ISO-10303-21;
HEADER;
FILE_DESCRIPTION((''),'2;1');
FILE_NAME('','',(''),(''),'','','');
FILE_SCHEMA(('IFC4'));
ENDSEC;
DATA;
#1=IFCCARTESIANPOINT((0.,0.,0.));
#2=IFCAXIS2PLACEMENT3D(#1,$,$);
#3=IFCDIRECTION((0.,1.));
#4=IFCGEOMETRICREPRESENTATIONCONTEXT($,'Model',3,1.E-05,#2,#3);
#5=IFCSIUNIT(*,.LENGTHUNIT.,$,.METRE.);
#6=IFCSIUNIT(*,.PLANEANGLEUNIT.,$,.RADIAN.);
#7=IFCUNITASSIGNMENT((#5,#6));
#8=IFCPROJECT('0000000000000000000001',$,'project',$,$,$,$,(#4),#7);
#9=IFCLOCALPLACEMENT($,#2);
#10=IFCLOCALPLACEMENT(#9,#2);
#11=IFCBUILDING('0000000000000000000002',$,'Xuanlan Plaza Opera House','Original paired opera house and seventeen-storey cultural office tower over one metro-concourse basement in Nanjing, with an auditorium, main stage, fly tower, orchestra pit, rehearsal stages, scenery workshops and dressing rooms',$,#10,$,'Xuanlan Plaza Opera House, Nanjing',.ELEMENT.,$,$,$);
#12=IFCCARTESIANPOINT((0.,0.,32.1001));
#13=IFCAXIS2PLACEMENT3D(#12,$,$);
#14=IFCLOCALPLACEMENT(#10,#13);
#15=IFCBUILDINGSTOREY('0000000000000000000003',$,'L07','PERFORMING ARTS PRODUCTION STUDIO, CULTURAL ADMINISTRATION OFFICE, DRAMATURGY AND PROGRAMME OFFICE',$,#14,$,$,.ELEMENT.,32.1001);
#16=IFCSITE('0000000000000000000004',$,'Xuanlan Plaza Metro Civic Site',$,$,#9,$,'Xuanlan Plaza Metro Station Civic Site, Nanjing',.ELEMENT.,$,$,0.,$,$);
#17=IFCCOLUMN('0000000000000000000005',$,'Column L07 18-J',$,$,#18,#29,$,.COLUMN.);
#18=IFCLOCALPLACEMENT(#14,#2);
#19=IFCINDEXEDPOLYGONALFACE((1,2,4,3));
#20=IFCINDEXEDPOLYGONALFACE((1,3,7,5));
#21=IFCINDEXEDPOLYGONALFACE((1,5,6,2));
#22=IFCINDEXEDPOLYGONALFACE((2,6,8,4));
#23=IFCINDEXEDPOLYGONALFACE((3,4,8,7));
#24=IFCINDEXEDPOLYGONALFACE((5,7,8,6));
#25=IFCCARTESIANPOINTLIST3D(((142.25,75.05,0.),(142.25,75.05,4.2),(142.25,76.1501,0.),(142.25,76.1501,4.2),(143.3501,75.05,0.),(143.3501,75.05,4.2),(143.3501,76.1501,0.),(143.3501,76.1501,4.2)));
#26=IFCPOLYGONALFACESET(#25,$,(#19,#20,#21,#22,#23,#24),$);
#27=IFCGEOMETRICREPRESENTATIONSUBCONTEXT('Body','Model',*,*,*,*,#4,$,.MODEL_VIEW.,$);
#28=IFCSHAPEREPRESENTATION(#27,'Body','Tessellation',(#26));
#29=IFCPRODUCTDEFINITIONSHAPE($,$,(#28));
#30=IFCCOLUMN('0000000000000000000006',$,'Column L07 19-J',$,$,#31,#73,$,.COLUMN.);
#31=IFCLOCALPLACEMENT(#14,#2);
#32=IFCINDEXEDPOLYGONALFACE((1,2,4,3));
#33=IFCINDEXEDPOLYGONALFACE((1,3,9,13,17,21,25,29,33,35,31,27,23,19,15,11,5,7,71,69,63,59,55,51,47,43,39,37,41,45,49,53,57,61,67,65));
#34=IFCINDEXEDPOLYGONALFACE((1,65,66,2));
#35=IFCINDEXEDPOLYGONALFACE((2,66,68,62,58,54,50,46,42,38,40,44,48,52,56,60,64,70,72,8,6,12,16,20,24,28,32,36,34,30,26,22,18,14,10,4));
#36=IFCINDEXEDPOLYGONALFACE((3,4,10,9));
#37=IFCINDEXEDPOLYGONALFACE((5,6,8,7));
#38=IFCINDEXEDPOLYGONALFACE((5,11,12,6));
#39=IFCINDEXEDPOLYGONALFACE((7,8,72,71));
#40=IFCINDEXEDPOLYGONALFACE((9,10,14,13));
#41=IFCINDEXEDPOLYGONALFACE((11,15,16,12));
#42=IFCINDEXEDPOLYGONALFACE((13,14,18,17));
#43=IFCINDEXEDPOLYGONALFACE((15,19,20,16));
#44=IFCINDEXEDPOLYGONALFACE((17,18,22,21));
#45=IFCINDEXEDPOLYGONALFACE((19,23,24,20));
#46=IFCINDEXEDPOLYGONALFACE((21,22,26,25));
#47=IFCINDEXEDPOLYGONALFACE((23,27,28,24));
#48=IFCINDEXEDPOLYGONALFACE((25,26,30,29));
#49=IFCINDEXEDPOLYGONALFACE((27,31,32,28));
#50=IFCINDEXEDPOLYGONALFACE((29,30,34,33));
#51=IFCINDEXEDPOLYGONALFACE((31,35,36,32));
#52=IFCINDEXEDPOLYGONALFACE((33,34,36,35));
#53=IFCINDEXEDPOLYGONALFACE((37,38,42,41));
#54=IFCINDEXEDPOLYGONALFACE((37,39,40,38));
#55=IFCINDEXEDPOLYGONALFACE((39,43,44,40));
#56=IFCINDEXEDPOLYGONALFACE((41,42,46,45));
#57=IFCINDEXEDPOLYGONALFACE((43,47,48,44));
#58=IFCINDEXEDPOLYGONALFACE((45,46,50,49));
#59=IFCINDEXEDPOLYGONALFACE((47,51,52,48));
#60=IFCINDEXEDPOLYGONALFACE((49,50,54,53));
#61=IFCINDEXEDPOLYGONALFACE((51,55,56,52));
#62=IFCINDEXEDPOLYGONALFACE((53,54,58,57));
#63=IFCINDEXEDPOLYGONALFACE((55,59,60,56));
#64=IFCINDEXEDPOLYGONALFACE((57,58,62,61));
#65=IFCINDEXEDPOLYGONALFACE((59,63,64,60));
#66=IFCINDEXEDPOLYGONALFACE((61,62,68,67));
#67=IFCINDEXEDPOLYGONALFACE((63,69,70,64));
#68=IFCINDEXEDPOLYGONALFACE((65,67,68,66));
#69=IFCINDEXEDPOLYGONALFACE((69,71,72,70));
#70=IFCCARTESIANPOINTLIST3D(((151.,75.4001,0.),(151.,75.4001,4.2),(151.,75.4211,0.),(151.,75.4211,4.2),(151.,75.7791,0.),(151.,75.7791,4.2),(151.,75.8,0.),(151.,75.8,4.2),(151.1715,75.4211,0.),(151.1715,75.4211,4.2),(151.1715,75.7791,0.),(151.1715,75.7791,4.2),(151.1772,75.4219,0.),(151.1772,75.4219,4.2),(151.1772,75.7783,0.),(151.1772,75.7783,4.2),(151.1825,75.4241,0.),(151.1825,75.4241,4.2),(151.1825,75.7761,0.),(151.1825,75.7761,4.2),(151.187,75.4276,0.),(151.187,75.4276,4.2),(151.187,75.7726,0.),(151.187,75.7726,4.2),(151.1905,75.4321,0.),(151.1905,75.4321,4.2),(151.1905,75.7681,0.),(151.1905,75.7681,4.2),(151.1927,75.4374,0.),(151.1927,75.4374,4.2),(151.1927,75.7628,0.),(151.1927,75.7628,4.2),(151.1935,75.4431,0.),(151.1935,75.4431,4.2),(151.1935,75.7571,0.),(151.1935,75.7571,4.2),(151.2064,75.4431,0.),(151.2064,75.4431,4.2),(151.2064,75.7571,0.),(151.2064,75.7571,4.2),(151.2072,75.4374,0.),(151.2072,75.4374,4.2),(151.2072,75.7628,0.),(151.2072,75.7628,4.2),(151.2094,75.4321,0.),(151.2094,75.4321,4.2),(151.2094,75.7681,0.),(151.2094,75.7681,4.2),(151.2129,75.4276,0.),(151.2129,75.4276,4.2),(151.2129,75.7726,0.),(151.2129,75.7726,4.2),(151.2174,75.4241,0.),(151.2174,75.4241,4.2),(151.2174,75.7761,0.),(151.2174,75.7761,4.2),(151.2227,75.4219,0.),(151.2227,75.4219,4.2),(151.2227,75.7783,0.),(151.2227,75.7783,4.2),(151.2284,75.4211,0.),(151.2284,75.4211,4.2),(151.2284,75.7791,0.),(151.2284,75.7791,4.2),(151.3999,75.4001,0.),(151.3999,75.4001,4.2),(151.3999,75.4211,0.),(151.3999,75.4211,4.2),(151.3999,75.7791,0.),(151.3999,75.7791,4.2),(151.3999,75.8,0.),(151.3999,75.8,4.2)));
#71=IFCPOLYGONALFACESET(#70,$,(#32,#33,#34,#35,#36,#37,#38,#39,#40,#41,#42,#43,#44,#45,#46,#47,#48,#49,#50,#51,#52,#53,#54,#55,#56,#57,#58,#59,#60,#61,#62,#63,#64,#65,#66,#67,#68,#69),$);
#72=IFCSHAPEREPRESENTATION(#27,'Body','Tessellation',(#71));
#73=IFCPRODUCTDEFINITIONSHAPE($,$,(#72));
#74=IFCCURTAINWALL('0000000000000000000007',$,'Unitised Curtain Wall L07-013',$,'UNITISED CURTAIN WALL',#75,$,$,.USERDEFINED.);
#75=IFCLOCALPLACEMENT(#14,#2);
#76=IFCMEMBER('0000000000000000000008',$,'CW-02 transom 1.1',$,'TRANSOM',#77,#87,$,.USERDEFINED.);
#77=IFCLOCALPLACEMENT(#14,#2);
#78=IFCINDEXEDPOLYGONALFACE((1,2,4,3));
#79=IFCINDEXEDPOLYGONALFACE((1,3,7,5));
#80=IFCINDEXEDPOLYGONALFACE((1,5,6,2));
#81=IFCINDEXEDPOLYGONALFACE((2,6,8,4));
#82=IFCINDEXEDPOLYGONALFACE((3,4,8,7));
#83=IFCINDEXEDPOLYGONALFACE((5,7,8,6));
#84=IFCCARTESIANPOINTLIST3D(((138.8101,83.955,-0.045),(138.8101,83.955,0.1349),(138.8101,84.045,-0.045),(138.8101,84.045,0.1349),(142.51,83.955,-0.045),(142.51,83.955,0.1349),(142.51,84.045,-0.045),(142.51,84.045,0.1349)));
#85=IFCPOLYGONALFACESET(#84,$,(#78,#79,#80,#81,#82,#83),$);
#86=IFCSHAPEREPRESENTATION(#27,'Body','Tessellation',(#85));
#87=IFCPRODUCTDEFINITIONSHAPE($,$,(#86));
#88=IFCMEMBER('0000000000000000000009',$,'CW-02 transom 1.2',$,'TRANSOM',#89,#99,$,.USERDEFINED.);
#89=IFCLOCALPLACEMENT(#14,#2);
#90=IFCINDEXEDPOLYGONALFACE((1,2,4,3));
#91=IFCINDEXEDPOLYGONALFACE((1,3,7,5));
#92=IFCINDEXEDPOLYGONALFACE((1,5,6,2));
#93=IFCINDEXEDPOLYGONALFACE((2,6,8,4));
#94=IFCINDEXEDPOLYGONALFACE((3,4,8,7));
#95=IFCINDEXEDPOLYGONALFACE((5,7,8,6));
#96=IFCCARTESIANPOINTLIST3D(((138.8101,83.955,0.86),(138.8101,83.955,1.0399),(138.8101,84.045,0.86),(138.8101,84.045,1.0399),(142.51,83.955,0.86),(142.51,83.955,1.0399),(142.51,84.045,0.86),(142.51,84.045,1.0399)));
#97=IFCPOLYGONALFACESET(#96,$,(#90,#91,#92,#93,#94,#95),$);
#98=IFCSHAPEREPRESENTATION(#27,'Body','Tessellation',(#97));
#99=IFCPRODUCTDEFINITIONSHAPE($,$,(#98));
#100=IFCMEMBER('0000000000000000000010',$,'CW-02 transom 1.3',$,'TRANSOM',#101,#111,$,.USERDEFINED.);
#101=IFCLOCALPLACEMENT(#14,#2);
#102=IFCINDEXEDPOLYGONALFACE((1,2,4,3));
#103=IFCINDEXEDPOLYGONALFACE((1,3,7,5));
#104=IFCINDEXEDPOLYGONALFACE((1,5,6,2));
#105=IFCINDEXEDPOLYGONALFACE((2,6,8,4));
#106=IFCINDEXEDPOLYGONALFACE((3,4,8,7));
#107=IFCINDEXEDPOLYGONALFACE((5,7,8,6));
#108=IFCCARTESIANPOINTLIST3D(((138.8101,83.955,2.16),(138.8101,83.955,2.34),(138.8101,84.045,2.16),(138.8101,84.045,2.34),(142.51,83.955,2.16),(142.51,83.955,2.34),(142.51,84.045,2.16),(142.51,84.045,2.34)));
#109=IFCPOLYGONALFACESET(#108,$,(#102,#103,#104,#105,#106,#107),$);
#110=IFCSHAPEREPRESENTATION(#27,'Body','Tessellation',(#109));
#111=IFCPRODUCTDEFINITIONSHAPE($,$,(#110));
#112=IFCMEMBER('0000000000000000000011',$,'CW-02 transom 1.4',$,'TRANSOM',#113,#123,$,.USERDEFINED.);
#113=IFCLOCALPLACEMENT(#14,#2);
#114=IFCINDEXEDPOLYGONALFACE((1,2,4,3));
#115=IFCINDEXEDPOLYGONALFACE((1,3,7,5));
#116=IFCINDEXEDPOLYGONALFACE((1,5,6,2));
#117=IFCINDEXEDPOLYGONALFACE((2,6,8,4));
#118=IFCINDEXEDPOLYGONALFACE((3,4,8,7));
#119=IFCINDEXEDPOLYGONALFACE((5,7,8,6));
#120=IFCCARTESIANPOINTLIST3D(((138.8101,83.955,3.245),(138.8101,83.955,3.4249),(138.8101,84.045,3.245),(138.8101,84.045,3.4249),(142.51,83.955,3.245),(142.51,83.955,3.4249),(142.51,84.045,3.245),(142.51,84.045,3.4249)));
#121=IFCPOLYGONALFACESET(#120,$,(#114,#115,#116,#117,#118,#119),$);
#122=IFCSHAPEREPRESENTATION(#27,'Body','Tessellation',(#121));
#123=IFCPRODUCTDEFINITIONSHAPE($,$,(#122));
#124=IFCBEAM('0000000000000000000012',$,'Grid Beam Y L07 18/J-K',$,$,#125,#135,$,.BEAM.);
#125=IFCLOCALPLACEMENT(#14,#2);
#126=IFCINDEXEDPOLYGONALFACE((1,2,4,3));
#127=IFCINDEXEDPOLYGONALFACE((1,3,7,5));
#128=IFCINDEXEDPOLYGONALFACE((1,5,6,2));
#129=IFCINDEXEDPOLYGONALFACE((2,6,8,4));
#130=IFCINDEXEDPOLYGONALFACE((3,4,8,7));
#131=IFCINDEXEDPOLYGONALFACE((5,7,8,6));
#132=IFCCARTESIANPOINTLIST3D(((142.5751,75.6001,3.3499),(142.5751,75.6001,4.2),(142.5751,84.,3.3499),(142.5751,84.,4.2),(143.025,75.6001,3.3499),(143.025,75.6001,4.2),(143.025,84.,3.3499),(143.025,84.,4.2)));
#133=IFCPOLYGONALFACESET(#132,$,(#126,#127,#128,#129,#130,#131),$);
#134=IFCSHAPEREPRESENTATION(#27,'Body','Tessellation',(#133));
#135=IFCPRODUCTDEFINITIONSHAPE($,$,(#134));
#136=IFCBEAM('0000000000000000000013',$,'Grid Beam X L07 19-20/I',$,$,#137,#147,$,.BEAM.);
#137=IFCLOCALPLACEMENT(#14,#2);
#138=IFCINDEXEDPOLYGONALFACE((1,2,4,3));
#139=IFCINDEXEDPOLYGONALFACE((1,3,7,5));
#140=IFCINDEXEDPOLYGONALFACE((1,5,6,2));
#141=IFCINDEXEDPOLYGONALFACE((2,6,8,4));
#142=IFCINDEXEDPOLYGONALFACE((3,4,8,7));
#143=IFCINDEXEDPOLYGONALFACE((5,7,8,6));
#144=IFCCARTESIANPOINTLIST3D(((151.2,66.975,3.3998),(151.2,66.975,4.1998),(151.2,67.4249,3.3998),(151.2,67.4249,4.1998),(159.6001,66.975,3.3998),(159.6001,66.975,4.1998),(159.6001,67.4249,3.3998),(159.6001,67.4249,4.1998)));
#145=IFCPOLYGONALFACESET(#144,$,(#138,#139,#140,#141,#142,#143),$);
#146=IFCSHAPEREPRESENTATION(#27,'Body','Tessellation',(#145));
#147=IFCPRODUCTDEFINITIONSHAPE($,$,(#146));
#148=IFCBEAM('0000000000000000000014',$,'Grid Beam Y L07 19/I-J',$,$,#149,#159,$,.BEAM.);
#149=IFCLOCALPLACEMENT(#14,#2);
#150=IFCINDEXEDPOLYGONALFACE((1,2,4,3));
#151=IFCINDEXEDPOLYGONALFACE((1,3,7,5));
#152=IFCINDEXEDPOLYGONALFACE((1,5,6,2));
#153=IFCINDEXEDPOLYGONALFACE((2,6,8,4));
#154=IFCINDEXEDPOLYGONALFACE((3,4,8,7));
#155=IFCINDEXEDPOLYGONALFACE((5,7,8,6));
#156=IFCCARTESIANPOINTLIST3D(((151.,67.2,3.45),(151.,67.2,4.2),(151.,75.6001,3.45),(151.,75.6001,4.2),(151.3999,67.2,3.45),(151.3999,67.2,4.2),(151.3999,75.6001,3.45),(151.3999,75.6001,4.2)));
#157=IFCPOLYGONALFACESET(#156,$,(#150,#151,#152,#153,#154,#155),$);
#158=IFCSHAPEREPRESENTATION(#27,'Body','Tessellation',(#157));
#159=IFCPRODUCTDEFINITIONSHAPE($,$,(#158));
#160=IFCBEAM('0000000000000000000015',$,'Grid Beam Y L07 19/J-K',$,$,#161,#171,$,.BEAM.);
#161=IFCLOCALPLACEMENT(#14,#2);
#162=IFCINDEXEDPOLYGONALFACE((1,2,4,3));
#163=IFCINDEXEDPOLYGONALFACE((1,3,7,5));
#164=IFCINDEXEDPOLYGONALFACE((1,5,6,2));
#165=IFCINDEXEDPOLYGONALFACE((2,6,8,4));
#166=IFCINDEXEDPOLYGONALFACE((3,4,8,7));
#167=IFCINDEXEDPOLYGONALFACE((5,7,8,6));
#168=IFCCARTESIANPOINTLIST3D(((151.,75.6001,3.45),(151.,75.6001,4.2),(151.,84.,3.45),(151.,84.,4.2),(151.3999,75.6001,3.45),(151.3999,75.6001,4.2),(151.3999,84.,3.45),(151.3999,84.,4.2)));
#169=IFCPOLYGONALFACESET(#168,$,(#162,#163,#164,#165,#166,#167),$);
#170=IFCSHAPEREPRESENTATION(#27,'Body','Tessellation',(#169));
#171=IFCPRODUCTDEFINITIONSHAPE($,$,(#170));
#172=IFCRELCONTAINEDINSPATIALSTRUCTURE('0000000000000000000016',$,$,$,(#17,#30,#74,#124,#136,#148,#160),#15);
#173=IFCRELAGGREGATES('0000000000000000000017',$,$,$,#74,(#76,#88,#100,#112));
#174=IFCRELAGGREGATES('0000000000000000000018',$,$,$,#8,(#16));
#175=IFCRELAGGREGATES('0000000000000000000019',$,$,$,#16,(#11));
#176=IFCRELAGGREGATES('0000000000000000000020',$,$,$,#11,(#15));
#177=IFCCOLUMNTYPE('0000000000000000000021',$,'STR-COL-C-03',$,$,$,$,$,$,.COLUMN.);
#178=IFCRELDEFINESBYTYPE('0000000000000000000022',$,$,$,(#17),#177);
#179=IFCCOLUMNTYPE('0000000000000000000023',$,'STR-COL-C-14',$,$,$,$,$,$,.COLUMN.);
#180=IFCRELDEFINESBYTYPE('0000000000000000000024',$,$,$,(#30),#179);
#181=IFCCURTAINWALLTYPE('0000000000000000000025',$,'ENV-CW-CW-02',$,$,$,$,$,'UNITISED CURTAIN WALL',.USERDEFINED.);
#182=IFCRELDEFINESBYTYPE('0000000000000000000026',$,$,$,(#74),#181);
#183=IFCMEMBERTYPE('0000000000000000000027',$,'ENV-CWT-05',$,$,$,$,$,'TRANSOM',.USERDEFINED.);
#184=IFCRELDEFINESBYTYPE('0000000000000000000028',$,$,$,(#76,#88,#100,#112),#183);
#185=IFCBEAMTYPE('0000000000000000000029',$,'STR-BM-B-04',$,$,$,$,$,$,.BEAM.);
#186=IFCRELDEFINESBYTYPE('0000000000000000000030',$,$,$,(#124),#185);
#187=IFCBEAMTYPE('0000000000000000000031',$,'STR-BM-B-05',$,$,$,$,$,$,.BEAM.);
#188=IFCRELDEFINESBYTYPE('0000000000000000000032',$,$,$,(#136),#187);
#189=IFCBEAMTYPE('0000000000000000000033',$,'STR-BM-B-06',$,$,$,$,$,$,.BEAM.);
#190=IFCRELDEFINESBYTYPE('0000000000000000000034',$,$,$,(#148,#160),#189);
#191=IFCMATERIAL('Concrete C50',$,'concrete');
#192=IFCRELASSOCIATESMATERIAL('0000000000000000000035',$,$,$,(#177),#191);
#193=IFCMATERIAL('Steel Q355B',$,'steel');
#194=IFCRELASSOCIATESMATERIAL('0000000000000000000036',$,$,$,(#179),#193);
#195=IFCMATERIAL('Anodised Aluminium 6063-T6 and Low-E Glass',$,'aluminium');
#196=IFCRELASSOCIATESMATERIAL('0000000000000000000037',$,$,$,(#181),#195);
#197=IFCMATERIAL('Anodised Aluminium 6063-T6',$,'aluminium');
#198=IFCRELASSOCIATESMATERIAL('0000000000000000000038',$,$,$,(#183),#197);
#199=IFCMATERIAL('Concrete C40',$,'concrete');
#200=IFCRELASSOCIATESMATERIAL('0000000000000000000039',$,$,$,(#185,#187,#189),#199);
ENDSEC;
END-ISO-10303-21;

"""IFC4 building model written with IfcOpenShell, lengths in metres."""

from ifc_helpers import new_model, si_unit, direction, frame, origin, origin_2d, place, context, subcontext, project, spatial, rectangle, i_section, extrude, material, material_profile, profile_set, type_object, element, aggregate, save


model = new_model("IFC4")

# Units and contexts
model_context = context("Model", 3, precision=1e-05, world=origin(), true_north=direction((0.0, 1.0)))
body_context = subcontext(model_context, "Body", "Model", "MODEL_VIEW")
ifc_project = project(units=[si_unit("LENGTHUNIT", "METRE"), si_unit("PLANEANGLEUNIT", "RADIAN")], contexts=[model_context])

# Site, building, storey
site_placement = place(None, origin())
site = spatial("IfcSite", under=ifc_project, at=site_placement, Name="Xuanlan Plaza Metro Civic Site", LongName="Xuanlan Plaza Metro Station Civic Site, Nanjing", CompositionType="ELEMENT", RefElevation=0.0)
building_placement = place(site_placement, origin())
building = spatial("IfcBuilding", under=site, at=building_placement, Name="Xuanlan Plaza Opera House", Description="Original paired opera house and seventeen-storey cultural office tower over one metro-concourse basement in Nanjing, with an auditorium, main stage, fly tower, orchestra pit, rehearsal stages, scenery workshops and dressing rooms", LongName="Xuanlan Plaza Opera House, Nanjing", CompositionType="ELEMENT")
storey_placement = place(building_placement, frame((0.0, 0.0, 32.1001)))
storey = spatial("IfcBuildingStorey", under=building, at=storey_placement, Name="L07", Description="PERFORMING ARTS PRODUCTION STUDIO, CULTURAL ADMINISTRATION OFFICE, DRAMATURGY AND PROGRAMME OFFICE", CompositionType="ELEMENT", Elevation=32.1001)

# Columns
ifc_material_1 = material(Name="Concrete C50", Category="concrete")
ifc_material_profile_1 = material_profile(ifc_material_1, rectangle(XDim=1.1001, YDim=1.1001, at=origin_2d()), Name="RC-COL 1100x1100")
ifc_profile_set_1 = profile_set([ifc_material_profile_1], Name="Concrete C50")
column_type_1 = type_object("IfcColumnType", Name="STR-COL-C-03", PredefinedType="COLUMN", material=ifc_profile_set_1)
column_1_placement = place(storey_placement, frame((142.8, 75.6001, 0.0), z_axis=(0.0, 0.0, 1.0), x_axis=(1.0, 0.0, 0.0)))
element("IfcColumn", 1, at=column_1_placement, inside=storey, type_object=column_type_1, Name="Column L07 18-J", PredefinedType="COLUMN", context=body_context, shape_type="SweptSolid", body=[
    extrude(rectangle(XDim=1.1001, YDim=1.1001, at=origin_2d()), origin(), (0.0, 0.0, 1.0), 4.2),
])
ifc_material_2 = material(Name="Steel Q355B", Category="steel")
ifc_material_profile_2 = material_profile(ifc_material_2, i_section(OverallWidth=0.3999, OverallDepth=0.3999, WebThickness=0.0129, FlangeThickness=0.021, FilletRadius=0.022, at=origin_2d()), Name="HW 400x400x13x21")
ifc_profile_set_2 = profile_set([ifc_material_profile_2], Name="Steel Q355B")
column_type_2 = type_object("IfcColumnType", Name="STR-COL-C-14", PredefinedType="COLUMN", material=ifc_profile_set_2)
column_2_placement = place(storey_placement, frame((151.2, 75.6001, 0.0), z_axis=(0.0, 0.0, 1.0), x_axis=(1.0, 0.0, 0.0)))
element("IfcColumn", 2, at=column_2_placement, inside=storey, type_object=column_type_2, Name="Column L07 19-J", PredefinedType="COLUMN", context=body_context, shape_type="SweptSolid", body=[
    extrude(i_section(OverallWidth=0.3999, OverallDepth=0.3999, WebThickness=0.0129, FlangeThickness=0.021, FilletRadius=0.022, at=origin_2d()), origin(), (0.0, 0.0, 1.0), 4.2),
])

# Curtain wall, members
ifc_material_3 = material(Name="Anodised Aluminium 6063-T6 and Low-E Glass", Category="aluminium")
curtain_wall_type = type_object("IfcCurtainWallType", Name="ENV-CW-CW-02", ElementType="UNITISED CURTAIN WALL", PredefinedType="USERDEFINED", material=ifc_material_3)
curtain_wall_placement = place(storey_placement, origin())
curtain_wall = element("IfcCurtainWall", 3, at=curtain_wall_placement, inside=storey, type_object=curtain_wall_type, Name="Unitised Curtain Wall L07-013", ObjectType="UNITISED CURTAIN WALL", PredefinedType="USERDEFINED")
ifc_material_4 = material(Name="Anodised Aluminium 6063-T6", Category="aluminium")
ifc_material_profile_3 = material_profile(ifc_material_4, rectangle(XDim=0.0901, YDim=0.1799, at=origin_2d()), Name="ALU-T 90x180")
ifc_profile_set_3 = profile_set([ifc_material_profile_3], Name="Anodised Aluminium 6063-T6")
member_type = type_object("IfcMemberType", Name="ENV-CWT-05", ElementType="TRANSOM", PredefinedType="USERDEFINED", material=ifc_profile_set_3)
member_1_placement = place(storey_placement, frame((142.51, 84.0, 0.0449), z_axis=(-1.0, 0.0, 0.0), x_axis=(0.0, -1.0, 0.0)))
member_1 = element("IfcMember", 4, at=member_1_placement, type_object=member_type, Name="CW-02 transom 1.1", ObjectType="TRANSOM", PredefinedType="USERDEFINED", context=body_context, shape_type="SweptSolid", body=[
    extrude(rectangle(XDim=0.0901, YDim=0.1799, at=origin_2d()), origin(), (0.0, 0.0, 1.0), 3.7),
])
member_2_placement = place(storey_placement, frame((142.51, 84.0, 0.95), z_axis=(-1.0, 0.0, 0.0), x_axis=(0.0, -1.0, 0.0)))
member_2 = element("IfcMember", 5, at=member_2_placement, type_object=member_type, Name="CW-02 transom 1.2", ObjectType="TRANSOM", PredefinedType="USERDEFINED", context=body_context, shape_type="SweptSolid", body=[
    extrude(rectangle(XDim=0.0901, YDim=0.1799, at=origin_2d()), origin(), (0.0, 0.0, 1.0), 3.7),
])
member_3_placement = place(storey_placement, frame((142.51, 84.0, 2.25), z_axis=(-1.0, 0.0, 0.0), x_axis=(0.0, -1.0, 0.0)))
member_3 = element("IfcMember", 6, at=member_3_placement, type_object=member_type, Name="CW-02 transom 1.3", ObjectType="TRANSOM", PredefinedType="USERDEFINED", context=body_context, shape_type="SweptSolid", body=[
    extrude(rectangle(XDim=0.0901, YDim=0.1799, at=origin_2d()), origin(), (0.0, 0.0, 1.0), 3.7),
])
member_4_placement = place(storey_placement, frame((142.51, 84.0, 3.335), z_axis=(-1.0, 0.0, 0.0), x_axis=(0.0, -1.0, 0.0)))
member_4 = element("IfcMember", 7, at=member_4_placement, type_object=member_type, Name="CW-02 transom 1.4", ObjectType="TRANSOM", PredefinedType="USERDEFINED", context=body_context, shape_type="SweptSolid", body=[
    extrude(rectangle(XDim=0.0901, YDim=0.1799, at=origin_2d()), origin(), (0.0, 0.0, 1.0), 3.7),
])

# Beams
ifc_material_5 = material(Name="Concrete C40", Category="concrete")
ifc_material_profile_4 = material_profile(ifc_material_5, rectangle(XDim=0.45, YDim=0.8501, at=origin_2d()), Name="RC-BM 450x850")
ifc_profile_set_4 = profile_set([ifc_material_profile_4], Name="Concrete C40")
beam_type_1 = type_object("IfcBeamType", Name="STR-BM-B-04", PredefinedType="BEAM", material=ifc_profile_set_4)
beam_1_placement = place(storey_placement, frame((142.8, 75.6001, 3.7749), z_axis=(0.0, 1.0, 0.0), x_axis=(-1.0, 0.0, 0.0)))
element("IfcBeam", 8, at=beam_1_placement, inside=storey, type_object=beam_type_1, Name="Grid Beam Y L07 18/J-K", PredefinedType="BEAM", context=body_context, shape_type="SweptSolid", body=[
    extrude(rectangle(XDim=0.45, YDim=0.8501, at=origin_2d()), origin(), (0.0, 0.0, 1.0), 8.3999),
])
ifc_material_profile_5 = material_profile(ifc_material_5, rectangle(XDim=0.45, YDim=0.8, at=origin_2d()), Name="RC-BM 450x800")
ifc_profile_set_5 = profile_set([ifc_material_profile_5], Name="Concrete C40")
beam_type_2 = type_object("IfcBeamType", Name="STR-BM-B-05", PredefinedType="BEAM", material=ifc_profile_set_5)
beam_2_placement = place(storey_placement, frame((151.2, 67.2, 3.7998), z_axis=(1.0, 0.0, 0.0), x_axis=(0.0, 1.0, 0.0)))
element("IfcBeam", 9, at=beam_2_placement, inside=storey, type_object=beam_type_2, Name="Grid Beam X L07 19-20/I", PredefinedType="BEAM", context=body_context, shape_type="SweptSolid", body=[
    extrude(rectangle(XDim=0.45, YDim=0.8, at=origin_2d()), origin(), (0.0, 0.0, 1.0), 8.4001),
])
ifc_material_profile_6 = material_profile(ifc_material_5, rectangle(XDim=0.3999, YDim=0.75, at=origin_2d()), Name="RC-BM 400x750")
ifc_profile_set_6 = profile_set([ifc_material_profile_6], Name="Concrete C40")
beam_type_3 = type_object("IfcBeamType", Name="STR-BM-B-06", PredefinedType="BEAM", material=ifc_profile_set_6)
beam_3_placement = place(storey_placement, frame((151.2, 67.2, 3.825), z_axis=(0.0, 1.0, 0.0), x_axis=(-1.0, 0.0, 0.0)))
element("IfcBeam", 10, at=beam_3_placement, inside=storey, type_object=beam_type_3, Name="Grid Beam Y L07 19/I-J", PredefinedType="BEAM", context=body_context, shape_type="SweptSolid", body=[
    extrude(rectangle(XDim=0.3999, YDim=0.75, at=origin_2d()), origin(), (0.0, 0.0, 1.0), 8.4001),
])
beam_4_placement = place(storey_placement, frame((151.2, 75.6001, 3.825), z_axis=(0.0, 1.0, 0.0), x_axis=(-1.0, 0.0, 0.0)))
element("IfcBeam", 11, at=beam_4_placement, inside=storey, type_object=beam_type_3, Name="Grid Beam Y L07 19/J-K", PredefinedType="BEAM", context=body_context, shape_type="SweptSolid", body=[
    extrude(rectangle(XDim=0.3999, YDim=0.75, at=origin_2d()), origin(), (0.0, 0.0, 1.0), 8.3999),
])

aggregate(curtain_wall, [member_1, member_2, member_3, member_4])

save(model, "model.ifc")
